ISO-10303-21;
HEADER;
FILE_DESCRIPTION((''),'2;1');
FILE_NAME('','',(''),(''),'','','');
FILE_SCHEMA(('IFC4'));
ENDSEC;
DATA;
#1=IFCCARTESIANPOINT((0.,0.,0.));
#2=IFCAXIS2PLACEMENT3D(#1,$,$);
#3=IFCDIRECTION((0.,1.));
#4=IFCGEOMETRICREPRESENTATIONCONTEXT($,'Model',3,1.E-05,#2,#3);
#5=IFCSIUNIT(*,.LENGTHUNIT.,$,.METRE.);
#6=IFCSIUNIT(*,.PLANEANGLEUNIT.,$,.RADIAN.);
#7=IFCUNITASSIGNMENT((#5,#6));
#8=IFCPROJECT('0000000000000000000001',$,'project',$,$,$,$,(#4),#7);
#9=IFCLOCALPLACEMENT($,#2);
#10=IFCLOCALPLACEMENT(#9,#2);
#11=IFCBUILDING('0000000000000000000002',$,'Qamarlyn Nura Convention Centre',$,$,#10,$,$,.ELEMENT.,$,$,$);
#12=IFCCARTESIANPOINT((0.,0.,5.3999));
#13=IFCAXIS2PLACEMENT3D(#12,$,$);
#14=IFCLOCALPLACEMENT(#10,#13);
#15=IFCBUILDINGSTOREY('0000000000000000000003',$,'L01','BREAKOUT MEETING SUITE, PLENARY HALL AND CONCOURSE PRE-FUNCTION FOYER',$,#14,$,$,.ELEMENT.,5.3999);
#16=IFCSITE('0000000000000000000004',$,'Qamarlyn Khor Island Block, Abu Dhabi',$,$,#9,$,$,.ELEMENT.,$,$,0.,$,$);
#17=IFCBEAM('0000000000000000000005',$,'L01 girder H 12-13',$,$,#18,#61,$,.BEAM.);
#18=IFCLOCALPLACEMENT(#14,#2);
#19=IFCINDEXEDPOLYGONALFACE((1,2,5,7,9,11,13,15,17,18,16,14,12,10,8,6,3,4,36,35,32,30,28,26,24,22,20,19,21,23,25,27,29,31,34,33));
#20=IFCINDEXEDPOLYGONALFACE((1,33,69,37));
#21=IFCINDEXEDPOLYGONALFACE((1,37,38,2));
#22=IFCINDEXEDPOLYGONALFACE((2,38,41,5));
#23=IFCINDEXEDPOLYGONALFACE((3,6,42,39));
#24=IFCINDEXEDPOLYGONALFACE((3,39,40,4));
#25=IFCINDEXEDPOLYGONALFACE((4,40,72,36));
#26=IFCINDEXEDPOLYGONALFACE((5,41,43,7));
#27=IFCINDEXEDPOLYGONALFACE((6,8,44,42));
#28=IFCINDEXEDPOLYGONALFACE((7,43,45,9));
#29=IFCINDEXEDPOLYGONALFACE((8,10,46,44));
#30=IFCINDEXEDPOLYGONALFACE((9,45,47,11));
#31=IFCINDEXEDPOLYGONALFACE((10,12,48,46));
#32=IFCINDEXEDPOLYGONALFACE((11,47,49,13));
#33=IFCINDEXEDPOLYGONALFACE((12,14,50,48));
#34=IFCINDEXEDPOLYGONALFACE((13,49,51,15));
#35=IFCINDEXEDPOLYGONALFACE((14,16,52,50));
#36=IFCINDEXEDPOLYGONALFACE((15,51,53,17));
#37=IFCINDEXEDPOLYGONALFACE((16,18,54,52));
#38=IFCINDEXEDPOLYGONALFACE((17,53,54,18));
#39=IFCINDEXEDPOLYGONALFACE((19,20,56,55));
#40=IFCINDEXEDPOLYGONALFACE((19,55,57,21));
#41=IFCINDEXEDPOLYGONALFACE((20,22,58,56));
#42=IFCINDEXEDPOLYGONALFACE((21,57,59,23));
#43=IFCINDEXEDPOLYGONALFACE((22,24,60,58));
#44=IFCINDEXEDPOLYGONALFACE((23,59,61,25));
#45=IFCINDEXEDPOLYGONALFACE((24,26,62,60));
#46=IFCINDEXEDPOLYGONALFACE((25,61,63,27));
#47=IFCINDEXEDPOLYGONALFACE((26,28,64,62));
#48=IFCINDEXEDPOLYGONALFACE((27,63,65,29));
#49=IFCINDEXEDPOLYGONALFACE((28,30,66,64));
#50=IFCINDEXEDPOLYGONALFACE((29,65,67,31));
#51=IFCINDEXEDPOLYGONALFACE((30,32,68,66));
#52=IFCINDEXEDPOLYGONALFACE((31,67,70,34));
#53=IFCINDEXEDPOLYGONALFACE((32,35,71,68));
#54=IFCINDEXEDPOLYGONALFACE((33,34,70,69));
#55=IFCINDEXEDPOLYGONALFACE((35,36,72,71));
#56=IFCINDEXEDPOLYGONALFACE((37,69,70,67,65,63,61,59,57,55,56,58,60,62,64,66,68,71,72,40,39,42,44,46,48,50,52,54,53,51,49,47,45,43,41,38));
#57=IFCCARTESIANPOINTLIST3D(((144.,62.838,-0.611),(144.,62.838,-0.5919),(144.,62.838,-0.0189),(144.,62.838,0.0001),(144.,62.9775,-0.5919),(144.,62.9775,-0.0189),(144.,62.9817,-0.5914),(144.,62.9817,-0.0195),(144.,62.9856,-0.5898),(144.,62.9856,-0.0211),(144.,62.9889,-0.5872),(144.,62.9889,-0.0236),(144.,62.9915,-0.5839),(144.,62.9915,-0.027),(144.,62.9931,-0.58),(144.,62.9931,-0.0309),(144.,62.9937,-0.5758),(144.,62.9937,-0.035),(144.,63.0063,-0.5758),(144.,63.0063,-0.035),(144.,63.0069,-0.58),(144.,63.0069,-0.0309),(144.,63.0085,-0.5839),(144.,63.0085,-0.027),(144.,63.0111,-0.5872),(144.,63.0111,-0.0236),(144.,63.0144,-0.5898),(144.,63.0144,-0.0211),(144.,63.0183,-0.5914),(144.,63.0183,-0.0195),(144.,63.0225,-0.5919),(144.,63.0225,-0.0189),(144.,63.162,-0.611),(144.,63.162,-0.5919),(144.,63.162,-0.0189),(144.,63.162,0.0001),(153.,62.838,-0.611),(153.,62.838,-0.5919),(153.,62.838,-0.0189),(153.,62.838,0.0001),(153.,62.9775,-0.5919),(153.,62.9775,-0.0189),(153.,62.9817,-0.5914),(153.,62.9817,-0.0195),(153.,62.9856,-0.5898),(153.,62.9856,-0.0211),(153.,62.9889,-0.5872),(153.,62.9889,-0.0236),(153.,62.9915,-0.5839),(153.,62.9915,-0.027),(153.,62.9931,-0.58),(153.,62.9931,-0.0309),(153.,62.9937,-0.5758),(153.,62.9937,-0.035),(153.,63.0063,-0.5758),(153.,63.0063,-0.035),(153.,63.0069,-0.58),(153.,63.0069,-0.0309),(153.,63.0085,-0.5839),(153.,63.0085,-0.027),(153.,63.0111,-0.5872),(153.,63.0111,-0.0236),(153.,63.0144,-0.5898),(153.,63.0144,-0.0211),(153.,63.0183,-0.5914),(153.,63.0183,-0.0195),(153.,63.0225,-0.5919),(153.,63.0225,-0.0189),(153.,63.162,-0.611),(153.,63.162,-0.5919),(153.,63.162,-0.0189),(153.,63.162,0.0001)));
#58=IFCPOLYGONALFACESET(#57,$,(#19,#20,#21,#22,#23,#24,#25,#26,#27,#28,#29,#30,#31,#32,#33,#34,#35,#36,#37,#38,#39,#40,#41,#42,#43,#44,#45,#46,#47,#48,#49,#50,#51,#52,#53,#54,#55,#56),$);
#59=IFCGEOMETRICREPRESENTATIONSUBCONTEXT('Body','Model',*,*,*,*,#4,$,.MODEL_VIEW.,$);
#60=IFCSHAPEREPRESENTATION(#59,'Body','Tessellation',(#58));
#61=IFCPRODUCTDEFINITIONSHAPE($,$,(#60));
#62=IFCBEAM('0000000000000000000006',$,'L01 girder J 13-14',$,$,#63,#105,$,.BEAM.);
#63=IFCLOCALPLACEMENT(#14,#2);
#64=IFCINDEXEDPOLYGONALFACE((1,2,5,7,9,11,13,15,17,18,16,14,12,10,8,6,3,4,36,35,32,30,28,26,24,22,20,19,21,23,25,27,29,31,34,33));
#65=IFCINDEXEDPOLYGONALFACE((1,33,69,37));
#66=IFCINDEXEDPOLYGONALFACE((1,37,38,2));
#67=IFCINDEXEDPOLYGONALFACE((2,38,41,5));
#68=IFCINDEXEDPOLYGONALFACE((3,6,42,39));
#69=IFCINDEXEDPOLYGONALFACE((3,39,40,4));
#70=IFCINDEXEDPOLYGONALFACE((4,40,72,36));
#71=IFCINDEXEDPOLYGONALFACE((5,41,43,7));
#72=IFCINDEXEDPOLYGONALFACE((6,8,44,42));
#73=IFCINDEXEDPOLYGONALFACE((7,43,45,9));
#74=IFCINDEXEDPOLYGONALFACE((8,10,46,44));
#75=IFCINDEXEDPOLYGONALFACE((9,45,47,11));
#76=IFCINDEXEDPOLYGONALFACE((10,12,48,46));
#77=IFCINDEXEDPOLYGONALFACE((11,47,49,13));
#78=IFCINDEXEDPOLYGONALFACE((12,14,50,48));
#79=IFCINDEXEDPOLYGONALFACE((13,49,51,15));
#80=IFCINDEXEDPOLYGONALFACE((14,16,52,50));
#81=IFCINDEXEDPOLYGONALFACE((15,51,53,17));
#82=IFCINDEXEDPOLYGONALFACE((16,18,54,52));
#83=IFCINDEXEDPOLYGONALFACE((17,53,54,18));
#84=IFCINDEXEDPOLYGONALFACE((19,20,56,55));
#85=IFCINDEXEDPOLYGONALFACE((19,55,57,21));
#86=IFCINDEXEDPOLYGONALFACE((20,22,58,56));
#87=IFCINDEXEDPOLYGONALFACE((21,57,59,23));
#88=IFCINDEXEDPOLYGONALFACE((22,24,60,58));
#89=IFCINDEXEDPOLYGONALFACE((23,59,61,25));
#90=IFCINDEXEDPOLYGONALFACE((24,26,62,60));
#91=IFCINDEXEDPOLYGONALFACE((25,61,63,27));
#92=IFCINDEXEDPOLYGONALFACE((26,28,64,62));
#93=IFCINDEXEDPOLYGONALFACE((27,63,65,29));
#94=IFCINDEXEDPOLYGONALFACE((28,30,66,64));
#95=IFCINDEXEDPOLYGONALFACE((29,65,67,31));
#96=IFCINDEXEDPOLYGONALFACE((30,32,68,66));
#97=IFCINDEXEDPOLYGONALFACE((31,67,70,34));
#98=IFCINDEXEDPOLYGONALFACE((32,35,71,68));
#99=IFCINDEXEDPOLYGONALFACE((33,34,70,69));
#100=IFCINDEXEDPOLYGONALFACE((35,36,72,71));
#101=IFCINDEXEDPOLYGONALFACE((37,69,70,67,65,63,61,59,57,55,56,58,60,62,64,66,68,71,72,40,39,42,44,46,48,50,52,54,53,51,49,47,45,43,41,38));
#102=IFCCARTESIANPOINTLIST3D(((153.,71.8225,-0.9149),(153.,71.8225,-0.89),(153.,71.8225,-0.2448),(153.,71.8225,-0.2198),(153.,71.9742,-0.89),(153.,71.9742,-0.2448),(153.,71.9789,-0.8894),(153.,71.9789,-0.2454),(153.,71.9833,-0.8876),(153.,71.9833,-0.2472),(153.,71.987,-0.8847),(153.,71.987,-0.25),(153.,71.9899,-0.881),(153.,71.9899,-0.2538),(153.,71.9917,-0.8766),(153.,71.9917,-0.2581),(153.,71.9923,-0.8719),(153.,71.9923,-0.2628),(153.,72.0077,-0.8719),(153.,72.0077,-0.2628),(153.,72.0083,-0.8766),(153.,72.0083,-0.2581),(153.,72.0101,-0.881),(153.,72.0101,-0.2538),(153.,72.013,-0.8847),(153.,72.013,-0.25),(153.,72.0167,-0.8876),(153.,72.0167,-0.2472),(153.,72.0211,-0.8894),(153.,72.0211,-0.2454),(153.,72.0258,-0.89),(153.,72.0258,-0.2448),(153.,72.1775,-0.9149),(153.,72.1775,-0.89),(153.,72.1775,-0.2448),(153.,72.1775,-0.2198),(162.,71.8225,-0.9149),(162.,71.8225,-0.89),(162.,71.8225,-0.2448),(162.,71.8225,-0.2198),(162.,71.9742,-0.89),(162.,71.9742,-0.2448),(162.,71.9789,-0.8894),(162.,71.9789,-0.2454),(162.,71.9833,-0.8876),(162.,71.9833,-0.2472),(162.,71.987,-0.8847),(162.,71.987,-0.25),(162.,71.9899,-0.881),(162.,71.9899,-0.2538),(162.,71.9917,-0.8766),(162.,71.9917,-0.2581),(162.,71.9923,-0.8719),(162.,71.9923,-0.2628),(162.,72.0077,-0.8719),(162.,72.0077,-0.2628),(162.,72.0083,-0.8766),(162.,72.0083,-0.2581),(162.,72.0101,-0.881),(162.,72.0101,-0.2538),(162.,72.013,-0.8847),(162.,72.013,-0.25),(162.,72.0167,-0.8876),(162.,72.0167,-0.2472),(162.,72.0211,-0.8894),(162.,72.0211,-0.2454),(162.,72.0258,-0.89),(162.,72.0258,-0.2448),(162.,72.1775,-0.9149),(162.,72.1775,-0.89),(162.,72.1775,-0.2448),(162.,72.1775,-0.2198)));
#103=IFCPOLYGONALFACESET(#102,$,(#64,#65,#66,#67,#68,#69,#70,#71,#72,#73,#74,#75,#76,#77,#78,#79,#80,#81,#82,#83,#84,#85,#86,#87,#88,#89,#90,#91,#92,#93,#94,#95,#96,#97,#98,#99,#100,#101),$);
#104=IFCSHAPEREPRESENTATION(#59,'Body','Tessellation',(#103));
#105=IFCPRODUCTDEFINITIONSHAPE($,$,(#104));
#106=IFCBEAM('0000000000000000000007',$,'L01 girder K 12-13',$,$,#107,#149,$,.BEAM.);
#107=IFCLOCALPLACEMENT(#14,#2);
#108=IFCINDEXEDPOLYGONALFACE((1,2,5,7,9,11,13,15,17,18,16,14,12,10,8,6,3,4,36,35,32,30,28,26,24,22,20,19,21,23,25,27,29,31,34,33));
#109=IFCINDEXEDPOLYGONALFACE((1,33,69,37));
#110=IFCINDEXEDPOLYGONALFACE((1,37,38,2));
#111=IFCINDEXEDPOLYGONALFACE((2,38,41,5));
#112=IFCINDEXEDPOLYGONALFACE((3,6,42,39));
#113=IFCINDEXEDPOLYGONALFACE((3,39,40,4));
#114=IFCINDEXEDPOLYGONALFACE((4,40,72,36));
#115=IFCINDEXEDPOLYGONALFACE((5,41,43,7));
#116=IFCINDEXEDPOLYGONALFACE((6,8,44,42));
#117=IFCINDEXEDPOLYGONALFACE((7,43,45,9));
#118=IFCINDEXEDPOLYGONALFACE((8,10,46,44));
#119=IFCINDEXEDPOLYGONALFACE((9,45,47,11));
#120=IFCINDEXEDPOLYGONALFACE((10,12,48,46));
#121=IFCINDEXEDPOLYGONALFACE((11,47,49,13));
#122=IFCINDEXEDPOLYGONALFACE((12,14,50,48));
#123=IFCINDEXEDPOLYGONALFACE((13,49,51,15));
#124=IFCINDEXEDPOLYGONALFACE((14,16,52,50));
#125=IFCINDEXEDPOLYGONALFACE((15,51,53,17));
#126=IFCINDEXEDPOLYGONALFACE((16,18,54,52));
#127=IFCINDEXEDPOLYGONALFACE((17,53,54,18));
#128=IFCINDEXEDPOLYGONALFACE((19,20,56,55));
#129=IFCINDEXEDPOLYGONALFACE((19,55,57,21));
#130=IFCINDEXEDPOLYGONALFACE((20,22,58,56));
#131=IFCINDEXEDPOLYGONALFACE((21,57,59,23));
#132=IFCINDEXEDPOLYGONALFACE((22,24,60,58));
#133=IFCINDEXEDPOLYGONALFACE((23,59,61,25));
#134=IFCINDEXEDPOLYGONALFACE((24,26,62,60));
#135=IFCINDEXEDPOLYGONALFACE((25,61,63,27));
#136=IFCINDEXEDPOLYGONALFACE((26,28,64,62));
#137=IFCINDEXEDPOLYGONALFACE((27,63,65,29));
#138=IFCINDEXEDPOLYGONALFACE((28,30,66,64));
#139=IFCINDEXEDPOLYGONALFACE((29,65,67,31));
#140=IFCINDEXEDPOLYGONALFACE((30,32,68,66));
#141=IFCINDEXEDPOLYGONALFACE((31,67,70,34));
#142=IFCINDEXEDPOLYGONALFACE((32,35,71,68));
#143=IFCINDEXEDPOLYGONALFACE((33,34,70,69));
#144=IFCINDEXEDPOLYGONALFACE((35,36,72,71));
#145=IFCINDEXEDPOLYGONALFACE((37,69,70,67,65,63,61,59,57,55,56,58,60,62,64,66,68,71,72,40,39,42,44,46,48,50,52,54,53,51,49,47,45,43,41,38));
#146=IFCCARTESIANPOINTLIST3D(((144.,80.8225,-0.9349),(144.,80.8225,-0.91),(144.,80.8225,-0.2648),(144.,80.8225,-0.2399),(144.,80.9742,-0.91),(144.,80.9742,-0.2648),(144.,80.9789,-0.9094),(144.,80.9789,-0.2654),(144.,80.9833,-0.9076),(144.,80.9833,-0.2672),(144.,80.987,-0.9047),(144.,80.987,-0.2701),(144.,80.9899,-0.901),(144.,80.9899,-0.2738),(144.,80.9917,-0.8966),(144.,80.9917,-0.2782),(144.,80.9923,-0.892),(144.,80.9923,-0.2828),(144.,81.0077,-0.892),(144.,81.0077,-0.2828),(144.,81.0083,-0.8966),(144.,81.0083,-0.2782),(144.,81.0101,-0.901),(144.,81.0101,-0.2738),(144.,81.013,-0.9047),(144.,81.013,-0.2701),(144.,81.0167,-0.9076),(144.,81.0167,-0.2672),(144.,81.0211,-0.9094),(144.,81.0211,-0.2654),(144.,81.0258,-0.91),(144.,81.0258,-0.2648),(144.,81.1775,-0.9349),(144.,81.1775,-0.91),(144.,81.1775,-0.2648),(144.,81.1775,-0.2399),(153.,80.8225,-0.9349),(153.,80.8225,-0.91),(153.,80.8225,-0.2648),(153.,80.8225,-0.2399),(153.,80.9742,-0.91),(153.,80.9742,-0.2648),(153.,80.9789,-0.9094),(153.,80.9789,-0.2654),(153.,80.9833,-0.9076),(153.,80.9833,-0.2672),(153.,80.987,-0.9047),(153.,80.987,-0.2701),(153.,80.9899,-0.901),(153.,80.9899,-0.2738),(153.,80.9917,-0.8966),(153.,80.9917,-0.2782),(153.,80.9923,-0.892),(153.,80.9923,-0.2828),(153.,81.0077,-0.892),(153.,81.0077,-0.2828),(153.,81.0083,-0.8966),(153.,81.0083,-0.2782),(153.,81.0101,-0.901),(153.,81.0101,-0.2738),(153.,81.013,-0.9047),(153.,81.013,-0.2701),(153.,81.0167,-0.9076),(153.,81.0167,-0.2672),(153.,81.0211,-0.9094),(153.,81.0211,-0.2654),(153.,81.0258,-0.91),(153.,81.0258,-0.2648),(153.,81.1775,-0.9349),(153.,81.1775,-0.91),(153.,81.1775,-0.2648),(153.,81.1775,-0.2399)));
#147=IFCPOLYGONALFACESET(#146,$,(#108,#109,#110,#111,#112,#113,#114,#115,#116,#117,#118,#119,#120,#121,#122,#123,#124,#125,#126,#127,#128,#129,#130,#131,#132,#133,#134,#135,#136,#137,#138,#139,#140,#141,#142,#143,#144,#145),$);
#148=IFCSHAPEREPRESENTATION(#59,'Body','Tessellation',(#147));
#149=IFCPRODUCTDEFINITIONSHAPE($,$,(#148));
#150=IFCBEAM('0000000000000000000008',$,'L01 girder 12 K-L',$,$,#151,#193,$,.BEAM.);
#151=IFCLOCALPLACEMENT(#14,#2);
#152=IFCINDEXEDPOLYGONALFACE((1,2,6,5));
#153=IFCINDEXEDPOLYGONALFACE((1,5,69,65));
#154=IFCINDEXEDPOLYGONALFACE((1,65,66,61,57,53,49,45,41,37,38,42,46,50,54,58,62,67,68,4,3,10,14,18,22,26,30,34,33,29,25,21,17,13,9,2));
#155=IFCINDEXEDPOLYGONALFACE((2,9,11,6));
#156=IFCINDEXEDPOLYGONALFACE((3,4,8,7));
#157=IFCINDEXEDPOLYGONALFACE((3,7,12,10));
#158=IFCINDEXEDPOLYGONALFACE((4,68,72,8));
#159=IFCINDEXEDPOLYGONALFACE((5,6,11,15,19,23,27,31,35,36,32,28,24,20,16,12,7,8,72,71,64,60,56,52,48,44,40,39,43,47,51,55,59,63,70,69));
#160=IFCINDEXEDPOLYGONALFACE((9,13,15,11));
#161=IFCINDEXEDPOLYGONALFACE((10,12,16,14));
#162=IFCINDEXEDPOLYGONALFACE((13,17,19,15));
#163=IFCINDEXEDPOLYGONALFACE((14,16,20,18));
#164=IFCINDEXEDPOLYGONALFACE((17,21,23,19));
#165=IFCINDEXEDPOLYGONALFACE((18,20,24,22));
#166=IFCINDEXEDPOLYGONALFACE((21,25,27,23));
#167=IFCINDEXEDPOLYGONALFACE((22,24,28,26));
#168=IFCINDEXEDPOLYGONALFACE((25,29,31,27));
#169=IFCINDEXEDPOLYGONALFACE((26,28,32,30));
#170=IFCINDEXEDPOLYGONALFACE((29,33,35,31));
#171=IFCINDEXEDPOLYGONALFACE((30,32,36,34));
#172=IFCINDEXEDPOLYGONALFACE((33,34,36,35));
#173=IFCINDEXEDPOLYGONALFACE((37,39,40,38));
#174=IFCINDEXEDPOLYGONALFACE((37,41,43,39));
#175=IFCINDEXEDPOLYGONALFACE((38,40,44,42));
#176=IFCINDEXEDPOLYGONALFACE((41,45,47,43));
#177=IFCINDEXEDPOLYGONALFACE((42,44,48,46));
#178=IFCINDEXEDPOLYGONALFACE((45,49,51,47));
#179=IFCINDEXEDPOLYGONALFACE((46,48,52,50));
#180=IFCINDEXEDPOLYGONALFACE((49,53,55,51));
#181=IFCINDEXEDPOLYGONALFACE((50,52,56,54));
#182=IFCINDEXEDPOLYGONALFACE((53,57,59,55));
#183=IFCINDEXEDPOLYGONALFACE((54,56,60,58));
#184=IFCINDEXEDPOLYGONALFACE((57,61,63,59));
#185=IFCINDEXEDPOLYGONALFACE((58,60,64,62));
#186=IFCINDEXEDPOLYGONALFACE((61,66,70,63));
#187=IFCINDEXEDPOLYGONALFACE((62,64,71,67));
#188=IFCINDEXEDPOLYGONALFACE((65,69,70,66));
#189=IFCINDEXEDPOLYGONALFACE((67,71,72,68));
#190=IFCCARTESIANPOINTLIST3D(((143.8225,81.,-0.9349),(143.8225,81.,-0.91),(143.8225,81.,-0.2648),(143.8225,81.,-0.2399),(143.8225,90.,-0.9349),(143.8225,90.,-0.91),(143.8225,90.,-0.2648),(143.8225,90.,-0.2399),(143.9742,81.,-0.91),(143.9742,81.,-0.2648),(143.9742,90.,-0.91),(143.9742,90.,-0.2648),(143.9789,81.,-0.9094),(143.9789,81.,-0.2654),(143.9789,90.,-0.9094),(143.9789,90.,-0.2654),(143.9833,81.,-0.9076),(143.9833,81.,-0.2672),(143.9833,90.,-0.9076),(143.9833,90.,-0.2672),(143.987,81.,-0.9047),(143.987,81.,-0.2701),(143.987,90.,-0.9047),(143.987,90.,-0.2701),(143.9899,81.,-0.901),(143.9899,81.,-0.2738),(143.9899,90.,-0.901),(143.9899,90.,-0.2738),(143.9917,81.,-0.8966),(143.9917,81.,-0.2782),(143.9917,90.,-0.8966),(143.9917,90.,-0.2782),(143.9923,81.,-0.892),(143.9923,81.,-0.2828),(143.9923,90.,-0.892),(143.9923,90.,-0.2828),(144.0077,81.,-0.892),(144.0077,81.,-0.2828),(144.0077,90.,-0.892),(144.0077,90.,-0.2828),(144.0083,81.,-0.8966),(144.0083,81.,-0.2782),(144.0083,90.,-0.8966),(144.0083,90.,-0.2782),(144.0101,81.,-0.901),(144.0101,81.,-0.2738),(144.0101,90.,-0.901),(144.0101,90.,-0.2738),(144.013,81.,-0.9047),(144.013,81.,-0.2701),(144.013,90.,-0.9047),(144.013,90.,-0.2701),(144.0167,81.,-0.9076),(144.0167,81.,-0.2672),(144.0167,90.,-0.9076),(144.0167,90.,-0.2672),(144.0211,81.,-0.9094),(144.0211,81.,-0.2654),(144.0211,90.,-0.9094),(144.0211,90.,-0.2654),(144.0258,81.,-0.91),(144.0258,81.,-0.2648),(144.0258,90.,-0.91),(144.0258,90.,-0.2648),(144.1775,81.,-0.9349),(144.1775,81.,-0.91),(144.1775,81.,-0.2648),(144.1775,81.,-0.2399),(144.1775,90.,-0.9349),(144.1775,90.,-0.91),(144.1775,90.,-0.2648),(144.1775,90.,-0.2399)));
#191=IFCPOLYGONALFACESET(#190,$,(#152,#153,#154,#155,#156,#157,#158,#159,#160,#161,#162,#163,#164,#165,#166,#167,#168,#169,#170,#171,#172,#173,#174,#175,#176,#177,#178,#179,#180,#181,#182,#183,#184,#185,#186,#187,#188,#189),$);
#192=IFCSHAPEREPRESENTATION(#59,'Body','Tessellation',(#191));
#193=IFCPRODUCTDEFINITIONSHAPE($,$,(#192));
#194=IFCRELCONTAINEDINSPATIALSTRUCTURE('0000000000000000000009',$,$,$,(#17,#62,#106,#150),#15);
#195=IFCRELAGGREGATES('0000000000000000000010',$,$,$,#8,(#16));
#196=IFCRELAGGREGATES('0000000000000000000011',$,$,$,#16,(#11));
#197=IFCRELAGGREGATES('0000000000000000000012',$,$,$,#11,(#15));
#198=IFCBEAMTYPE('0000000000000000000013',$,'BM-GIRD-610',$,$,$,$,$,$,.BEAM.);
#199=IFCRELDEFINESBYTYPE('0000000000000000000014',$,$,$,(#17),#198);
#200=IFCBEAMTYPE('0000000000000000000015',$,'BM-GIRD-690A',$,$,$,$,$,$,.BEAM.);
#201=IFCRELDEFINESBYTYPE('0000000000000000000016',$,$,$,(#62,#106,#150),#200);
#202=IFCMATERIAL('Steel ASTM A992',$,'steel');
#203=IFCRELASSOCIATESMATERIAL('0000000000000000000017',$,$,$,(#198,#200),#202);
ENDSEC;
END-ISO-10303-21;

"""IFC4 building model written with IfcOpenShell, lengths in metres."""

from ifc_helpers import new_model, si_unit, direction, frame, origin, origin_2d, place, context, subcontext, project, spatial, i_section, extrude, material, material_profile, profile_set, type_object, element, save


model = new_model("IFC4")

# Units and contexts
model_context = context("Model", 3, precision=1e-05, world=origin(), true_north=direction((0.0, 1.0)))
body_context = subcontext(model_context, "Body", "Model", "MODEL_VIEW")
ifc_project = project(units=[si_unit("LENGTHUNIT", "METRE"), si_unit("PLANEANGLEUNIT", "RADIAN")], contexts=[model_context])

# Site, building, storey
site_placement = place(None, origin())
site = spatial("IfcSite", under=ifc_project, at=site_placement, Name="Qamarlyn Khor Island Block, Abu Dhabi", CompositionType="ELEMENT", RefElevation=0.0)
building_placement = place(site_placement, origin())
building = spatial("IfcBuilding", under=site, at=building_placement, Name="Qamarlyn Nura Convention Centre", CompositionType="ELEMENT")
storey_placement = place(building_placement, frame((0.0, 0.0, 5.3999)))
storey = spatial("IfcBuildingStorey", under=building, at=storey_placement, Name="L01", Description="BREAKOUT MEETING SUITE, PLENARY HALL AND CONCOURSE PRE-FUNCTION FOYER", CompositionType="ELEMENT", Elevation=5.3999)

# Shared definitions
ifc_material_1 = material(Name="Steel ASTM A992", Category="steel")

# Beams
ifc_material_profile_1 = material_profile(ifc_material_1, i_section(OverallWidth=0.324, OverallDepth=0.6111, WebThickness=0.0127, FlangeThickness=0.019, FilletRadius=0.0161, at=origin_2d()), Name="W610X155")
ifc_profile_set_1 = profile_set([ifc_material_profile_1], Name="Steel ASTM A992")
beam_type_1 = type_object("IfcBeamType", Name="BM-GIRD-610", PredefinedType="BEAM", material=ifc_profile_set_1)
beam_1_placement = place(storey_placement, frame((144.0, 63.0, -0.3054), z_axis=(1.0, 0.0, 0.0), x_axis=(0.0, 1.0, 0.0)))
element("IfcBeam", 1, at=beam_1_placement, inside=storey, type_object=beam_type_1, Name="L01 girder H 12-13", PredefinedType="BEAM", context=body_context, shape_type="SweptSolid", body=[
    extrude(i_section(OverallWidth=0.324, OverallDepth=0.6111, WebThickness=0.0127, FlangeThickness=0.019, FilletRadius=0.0161, at=origin_2d()), origin(), (0.0, 0.0, 1.0), 9.0),
])
ifc_material_profile_2 = material_profile(ifc_material_1, i_section(OverallWidth=0.355, OverallDepth=0.6951, WebThickness=0.0154, FlangeThickness=0.0249, FilletRadius=0.0181, at=origin_2d()), Name="W690X217")
ifc_profile_set_2 = profile_set([ifc_material_profile_2], Name="Steel ASTM A992")
beam_type_2 = type_object("IfcBeamType", Name="BM-GIRD-690A", PredefinedType="BEAM", material=ifc_profile_set_2)
for number, where, z_axis, x_axis, name in (
    (2, (153.0, 72.0, -0.5674), (1.0, 0.0, 0.0), (0.0, 1.0, 0.0), "L01 girder J 13-14"),
    (3, (144.0, 81.0, -0.5874), (1.0, 0.0, 0.0), (0.0, 1.0, 0.0), "L01 girder K 12-13"),
    (4, (144.0, 81.0, -0.5874), (0.0, 1.0, 0.0), (-1.0, 0.0, 0.0), "L01 girder 12 K-L"),
):
    element("IfcBeam", number, at=place(storey_placement, frame(where, z_axis=z_axis, x_axis=x_axis)), inside=storey, type_object=beam_type_2, Name=name, PredefinedType="BEAM", context=body_context, shape_type="SweptSolid", body=[
        extrude(i_section(OverallWidth=0.355, OverallDepth=0.6951, WebThickness=0.0154, FlangeThickness=0.0249, FilletRadius=0.0181, at=origin_2d()), origin(), (0.0, 0.0, 1.0), 9.0),
    ])

save(model, "model.ifc")
